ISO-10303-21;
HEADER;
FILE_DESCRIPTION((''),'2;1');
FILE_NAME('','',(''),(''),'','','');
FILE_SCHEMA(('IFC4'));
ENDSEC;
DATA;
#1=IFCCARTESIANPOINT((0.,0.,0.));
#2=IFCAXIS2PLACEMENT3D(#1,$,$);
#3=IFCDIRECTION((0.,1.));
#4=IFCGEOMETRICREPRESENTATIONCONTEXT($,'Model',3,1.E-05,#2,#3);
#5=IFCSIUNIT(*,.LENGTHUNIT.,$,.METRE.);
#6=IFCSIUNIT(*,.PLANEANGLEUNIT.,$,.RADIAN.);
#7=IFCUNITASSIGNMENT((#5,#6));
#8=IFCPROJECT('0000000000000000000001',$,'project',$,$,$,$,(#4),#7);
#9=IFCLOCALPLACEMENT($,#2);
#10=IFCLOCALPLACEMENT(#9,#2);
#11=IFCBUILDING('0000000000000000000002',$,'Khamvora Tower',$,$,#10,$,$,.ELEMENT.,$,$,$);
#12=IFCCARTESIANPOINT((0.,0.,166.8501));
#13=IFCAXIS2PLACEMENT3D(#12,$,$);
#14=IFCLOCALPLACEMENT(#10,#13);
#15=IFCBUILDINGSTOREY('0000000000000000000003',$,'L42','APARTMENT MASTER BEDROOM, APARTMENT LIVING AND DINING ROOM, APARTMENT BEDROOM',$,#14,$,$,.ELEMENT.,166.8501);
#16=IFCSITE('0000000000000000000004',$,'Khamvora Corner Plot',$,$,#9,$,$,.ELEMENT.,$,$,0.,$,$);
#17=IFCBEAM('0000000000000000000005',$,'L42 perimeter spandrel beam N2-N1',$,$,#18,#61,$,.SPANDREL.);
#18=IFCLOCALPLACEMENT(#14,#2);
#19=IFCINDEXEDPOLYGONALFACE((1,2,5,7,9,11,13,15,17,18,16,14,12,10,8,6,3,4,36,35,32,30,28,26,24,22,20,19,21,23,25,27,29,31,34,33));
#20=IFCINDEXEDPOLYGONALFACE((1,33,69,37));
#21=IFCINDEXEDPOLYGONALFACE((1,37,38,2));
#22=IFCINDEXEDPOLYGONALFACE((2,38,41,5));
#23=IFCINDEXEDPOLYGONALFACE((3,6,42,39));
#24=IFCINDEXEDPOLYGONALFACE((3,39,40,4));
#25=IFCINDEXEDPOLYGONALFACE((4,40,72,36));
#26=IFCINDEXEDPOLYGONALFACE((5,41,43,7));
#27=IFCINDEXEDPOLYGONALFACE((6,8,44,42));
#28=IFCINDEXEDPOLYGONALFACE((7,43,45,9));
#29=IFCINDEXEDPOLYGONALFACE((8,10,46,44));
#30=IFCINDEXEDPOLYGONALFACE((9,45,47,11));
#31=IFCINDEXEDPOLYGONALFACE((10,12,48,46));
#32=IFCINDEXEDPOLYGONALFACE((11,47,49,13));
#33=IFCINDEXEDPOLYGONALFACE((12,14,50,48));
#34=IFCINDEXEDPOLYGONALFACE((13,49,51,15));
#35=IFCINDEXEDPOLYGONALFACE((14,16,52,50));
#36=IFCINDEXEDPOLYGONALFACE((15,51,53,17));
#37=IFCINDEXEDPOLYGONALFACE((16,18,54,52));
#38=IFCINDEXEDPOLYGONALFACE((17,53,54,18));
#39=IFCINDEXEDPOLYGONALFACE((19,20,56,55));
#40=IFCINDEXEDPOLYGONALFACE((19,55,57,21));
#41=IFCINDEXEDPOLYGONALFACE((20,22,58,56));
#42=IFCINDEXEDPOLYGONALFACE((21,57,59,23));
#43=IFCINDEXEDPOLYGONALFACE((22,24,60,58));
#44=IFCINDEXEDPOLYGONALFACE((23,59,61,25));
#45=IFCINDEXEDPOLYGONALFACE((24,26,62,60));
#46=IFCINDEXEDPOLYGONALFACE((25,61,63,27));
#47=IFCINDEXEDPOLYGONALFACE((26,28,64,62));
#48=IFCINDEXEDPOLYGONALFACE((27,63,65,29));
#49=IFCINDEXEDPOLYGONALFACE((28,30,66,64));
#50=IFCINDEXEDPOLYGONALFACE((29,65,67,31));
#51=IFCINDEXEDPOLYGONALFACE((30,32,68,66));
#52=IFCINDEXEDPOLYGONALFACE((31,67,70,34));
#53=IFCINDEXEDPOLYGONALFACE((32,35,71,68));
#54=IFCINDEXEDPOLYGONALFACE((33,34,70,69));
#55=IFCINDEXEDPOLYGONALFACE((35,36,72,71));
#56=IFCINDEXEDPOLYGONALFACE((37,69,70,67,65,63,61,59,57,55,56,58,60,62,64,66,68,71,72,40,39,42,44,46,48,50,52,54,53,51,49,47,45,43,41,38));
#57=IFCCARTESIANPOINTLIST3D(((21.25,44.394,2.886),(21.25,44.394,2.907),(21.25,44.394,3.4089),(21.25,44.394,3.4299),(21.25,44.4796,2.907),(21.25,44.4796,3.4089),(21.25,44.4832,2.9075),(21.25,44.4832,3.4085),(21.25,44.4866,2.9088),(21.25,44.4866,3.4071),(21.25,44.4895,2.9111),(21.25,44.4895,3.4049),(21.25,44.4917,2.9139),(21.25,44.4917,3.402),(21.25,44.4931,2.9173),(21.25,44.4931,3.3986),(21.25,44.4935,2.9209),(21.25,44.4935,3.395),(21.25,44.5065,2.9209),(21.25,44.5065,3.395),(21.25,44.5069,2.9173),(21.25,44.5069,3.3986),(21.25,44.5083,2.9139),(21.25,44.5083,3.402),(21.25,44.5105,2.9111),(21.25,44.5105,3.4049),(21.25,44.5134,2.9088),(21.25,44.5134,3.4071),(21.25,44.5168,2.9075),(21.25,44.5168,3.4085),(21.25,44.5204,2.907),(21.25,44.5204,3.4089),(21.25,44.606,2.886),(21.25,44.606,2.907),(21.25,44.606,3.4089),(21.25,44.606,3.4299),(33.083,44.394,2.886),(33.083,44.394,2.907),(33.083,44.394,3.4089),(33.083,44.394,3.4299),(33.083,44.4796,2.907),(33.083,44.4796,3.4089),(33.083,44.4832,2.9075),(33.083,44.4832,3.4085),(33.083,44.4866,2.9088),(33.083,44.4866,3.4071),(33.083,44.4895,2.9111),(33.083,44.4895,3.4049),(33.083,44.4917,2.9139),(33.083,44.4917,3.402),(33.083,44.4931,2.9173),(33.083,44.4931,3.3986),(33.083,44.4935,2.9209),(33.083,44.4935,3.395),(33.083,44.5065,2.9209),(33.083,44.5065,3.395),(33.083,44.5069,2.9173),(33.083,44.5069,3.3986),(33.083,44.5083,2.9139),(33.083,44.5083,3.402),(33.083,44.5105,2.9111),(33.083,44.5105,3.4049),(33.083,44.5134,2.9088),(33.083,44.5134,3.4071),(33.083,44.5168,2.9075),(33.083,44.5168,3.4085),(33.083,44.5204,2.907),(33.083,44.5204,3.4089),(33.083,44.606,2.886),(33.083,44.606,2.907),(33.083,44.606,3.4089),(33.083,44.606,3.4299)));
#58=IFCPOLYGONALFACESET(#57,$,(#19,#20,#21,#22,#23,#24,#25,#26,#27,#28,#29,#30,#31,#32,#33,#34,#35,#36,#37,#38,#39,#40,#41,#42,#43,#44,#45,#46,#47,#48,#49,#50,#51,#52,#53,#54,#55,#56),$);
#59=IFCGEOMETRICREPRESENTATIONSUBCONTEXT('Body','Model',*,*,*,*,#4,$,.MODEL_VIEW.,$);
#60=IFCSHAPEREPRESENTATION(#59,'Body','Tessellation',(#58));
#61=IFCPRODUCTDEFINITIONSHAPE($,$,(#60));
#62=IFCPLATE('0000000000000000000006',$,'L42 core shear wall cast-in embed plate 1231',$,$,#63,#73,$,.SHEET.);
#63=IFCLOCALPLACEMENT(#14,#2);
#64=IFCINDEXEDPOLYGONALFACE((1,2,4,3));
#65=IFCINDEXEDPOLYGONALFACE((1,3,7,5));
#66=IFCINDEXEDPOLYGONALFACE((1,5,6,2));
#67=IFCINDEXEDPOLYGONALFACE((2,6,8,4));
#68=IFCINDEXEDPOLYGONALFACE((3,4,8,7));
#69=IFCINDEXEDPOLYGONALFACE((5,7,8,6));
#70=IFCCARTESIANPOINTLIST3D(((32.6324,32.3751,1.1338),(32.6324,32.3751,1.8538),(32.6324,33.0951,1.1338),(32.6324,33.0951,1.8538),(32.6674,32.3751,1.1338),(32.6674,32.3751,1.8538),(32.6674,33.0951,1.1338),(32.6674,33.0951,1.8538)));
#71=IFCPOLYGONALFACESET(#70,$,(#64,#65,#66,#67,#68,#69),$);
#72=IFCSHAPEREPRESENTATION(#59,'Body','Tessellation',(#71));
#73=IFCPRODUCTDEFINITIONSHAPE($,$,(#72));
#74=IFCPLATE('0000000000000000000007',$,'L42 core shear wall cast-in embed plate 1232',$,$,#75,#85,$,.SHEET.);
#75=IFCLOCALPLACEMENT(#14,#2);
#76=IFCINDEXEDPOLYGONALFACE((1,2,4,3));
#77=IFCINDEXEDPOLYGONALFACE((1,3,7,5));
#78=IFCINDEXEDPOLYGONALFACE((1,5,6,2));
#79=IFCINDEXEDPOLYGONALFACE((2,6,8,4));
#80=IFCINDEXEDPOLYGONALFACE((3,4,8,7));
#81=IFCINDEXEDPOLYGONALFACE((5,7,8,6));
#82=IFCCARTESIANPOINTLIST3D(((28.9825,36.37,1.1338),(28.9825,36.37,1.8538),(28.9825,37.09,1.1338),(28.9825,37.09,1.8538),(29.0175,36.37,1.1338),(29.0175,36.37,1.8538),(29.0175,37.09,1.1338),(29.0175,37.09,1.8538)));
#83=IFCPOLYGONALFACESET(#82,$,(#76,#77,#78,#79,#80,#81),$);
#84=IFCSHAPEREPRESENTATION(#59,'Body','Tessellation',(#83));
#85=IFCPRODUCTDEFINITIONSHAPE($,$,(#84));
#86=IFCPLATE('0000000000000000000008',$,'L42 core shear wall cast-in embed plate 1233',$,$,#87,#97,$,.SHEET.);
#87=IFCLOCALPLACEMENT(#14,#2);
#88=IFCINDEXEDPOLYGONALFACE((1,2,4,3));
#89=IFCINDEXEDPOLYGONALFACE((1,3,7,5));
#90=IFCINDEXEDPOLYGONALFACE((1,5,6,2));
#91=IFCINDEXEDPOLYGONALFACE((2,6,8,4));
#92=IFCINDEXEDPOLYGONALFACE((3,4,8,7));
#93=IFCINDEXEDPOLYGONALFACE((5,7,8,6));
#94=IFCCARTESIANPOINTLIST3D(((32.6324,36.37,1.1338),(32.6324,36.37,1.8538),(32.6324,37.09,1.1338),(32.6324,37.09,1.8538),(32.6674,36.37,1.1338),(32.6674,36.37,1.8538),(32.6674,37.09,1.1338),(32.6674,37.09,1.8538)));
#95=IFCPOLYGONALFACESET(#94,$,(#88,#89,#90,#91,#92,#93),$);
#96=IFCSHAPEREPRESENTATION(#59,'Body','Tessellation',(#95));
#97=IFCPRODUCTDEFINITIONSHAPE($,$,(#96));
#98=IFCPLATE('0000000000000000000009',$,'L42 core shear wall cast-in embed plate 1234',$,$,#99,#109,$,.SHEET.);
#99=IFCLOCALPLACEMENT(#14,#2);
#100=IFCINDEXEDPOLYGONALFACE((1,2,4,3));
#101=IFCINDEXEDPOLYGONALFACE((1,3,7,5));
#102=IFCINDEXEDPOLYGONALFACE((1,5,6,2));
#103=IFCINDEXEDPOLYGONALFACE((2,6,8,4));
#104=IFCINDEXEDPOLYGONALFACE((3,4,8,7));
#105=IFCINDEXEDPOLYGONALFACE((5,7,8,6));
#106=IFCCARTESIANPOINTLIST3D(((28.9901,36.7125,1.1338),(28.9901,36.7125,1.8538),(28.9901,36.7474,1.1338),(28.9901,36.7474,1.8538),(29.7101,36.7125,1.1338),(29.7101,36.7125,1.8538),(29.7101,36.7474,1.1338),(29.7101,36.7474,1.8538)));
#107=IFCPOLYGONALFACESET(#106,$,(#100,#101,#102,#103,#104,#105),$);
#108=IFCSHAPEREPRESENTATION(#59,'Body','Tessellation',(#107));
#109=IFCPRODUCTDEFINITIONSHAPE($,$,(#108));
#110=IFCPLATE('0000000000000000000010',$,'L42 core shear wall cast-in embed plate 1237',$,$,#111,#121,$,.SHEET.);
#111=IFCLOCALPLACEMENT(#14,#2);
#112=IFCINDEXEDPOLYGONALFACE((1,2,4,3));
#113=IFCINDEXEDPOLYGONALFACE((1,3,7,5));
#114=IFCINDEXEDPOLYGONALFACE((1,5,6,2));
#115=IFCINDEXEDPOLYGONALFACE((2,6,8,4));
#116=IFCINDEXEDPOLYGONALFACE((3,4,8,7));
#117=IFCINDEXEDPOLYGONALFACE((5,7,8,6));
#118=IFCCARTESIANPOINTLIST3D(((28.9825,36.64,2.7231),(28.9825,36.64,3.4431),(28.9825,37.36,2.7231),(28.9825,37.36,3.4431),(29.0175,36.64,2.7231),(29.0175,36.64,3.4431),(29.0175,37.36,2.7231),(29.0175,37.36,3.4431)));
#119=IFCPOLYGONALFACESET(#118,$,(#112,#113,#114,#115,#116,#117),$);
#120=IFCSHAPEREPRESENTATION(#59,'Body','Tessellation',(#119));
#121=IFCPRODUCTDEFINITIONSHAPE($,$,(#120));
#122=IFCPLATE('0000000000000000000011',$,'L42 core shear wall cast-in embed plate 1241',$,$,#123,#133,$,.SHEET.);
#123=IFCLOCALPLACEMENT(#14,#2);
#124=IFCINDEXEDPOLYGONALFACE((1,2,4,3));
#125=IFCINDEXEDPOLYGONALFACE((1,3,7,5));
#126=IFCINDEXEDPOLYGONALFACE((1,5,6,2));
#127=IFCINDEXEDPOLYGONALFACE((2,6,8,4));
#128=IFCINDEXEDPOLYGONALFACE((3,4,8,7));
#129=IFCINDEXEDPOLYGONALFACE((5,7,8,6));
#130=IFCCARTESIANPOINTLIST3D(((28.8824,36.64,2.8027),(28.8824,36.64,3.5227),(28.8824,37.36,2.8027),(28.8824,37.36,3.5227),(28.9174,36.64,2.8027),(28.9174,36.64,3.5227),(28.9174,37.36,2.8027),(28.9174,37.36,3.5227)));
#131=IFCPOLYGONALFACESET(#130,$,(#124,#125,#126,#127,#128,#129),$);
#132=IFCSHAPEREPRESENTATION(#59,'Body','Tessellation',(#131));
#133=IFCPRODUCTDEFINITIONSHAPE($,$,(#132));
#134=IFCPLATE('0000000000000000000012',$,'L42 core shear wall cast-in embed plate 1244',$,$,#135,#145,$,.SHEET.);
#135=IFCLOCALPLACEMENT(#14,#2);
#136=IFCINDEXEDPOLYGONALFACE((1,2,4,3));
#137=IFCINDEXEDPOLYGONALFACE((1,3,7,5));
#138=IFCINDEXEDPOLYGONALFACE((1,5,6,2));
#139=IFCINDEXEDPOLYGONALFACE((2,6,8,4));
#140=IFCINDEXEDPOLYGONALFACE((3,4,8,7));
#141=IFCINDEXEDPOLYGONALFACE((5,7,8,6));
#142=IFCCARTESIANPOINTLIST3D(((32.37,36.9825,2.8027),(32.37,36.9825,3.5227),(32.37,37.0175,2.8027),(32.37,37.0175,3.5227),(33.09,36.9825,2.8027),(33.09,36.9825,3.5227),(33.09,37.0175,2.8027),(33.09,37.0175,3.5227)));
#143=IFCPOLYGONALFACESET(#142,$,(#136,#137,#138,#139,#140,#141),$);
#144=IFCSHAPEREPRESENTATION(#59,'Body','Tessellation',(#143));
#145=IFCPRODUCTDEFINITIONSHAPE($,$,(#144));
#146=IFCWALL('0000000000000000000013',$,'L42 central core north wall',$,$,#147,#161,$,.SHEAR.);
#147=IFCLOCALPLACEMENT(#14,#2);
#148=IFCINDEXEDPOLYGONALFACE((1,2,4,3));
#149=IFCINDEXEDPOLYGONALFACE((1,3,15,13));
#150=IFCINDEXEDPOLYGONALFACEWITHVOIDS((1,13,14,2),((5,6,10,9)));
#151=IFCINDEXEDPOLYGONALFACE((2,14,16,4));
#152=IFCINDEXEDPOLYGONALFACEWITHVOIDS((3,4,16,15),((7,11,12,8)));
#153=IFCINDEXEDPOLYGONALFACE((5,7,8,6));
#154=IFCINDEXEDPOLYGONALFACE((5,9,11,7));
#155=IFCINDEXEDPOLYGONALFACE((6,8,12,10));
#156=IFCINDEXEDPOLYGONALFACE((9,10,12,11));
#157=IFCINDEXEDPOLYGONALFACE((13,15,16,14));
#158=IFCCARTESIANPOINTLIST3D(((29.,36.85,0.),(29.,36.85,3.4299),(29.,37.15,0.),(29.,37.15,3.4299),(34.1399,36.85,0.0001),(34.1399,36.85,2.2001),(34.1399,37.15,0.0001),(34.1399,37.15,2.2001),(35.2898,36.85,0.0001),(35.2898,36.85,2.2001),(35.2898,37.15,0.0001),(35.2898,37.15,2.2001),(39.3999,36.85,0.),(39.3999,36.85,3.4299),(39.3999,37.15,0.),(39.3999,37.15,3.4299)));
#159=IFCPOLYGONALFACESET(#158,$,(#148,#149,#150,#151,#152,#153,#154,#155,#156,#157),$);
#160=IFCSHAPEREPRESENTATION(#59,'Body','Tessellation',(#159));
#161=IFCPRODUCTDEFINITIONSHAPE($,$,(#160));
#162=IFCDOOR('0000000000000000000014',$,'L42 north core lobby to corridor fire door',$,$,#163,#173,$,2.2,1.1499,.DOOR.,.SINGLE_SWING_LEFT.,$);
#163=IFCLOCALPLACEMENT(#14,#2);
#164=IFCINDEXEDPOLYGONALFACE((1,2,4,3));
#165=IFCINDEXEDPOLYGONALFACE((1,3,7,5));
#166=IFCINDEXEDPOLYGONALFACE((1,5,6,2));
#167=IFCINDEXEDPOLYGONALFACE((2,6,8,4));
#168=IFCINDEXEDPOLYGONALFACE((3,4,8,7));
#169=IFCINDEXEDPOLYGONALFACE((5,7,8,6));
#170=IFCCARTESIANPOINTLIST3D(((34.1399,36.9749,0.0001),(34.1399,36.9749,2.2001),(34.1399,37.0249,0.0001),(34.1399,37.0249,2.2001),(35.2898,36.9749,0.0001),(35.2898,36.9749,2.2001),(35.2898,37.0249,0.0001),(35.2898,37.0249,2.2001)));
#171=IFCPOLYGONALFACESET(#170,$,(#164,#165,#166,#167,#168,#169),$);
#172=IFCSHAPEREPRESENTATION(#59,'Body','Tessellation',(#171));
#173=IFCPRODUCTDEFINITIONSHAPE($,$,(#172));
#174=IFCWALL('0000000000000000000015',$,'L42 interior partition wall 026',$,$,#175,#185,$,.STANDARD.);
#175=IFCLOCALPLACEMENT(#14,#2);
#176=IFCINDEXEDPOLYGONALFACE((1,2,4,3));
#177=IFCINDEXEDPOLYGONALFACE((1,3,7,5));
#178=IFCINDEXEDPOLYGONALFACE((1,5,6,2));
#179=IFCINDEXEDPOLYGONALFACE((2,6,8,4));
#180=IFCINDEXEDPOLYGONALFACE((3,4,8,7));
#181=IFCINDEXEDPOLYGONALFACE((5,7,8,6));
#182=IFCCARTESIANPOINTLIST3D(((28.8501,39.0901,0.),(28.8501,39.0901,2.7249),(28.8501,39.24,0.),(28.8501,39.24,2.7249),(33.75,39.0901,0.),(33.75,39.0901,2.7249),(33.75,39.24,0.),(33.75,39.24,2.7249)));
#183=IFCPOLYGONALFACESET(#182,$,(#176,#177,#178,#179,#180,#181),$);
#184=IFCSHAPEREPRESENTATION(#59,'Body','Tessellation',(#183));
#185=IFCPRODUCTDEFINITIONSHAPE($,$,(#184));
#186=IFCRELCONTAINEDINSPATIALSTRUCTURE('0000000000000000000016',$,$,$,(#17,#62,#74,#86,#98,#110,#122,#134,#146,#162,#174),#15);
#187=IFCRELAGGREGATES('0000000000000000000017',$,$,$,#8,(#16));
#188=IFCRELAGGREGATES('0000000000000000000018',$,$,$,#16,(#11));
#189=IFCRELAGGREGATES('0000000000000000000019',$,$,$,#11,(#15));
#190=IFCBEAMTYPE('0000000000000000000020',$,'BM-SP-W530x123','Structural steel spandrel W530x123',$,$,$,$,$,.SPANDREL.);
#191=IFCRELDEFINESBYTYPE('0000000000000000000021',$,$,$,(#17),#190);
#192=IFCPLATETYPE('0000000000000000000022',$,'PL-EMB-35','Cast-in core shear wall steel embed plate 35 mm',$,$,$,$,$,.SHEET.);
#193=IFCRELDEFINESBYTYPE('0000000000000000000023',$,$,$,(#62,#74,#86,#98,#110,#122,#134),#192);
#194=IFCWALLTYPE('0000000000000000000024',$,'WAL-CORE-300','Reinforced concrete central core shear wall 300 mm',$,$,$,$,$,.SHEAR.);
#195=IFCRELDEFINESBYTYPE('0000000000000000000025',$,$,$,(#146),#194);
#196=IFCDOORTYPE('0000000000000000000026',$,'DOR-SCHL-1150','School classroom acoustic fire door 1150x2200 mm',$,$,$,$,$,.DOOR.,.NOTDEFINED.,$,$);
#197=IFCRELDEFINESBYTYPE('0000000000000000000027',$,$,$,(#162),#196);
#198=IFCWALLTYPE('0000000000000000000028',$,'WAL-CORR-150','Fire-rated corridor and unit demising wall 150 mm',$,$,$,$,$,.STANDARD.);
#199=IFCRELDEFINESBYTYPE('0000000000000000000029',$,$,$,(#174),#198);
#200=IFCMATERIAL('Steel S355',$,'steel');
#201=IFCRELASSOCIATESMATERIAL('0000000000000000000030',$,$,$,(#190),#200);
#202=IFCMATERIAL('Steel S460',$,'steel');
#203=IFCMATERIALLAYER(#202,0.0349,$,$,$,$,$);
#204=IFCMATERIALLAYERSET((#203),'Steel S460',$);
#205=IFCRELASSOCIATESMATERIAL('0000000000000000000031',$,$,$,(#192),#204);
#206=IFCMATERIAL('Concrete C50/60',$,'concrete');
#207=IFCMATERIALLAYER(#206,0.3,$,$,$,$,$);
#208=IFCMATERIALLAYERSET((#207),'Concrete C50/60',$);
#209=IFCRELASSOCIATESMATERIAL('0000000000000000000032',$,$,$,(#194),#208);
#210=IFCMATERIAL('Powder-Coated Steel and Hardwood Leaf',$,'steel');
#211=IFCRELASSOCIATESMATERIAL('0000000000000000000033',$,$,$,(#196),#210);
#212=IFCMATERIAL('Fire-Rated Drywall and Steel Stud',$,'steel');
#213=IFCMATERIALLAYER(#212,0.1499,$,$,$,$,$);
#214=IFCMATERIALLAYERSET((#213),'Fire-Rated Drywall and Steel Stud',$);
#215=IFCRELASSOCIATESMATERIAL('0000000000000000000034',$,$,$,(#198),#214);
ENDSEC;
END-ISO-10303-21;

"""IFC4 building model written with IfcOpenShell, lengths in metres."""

from ifc_helpers import new_model, si_unit, direction, frame, frame_2d, origin, origin_2d, place, context, subcontext, project, spatial, rectangle, i_section, extrude, material, layer, layer_set, material_profile, profile_set, type_object, element, fill, save


model = new_model("IFC4")

# Units and contexts
model_context = context("Model", 3, precision=1e-05, world=origin(), true_north=direction((0.0, 1.0)))
body_context = subcontext(model_context, "Body", "Model", "MODEL_VIEW")
ifc_project = project(units=[si_unit("LENGTHUNIT", "METRE"), si_unit("PLANEANGLEUNIT", "RADIAN")], contexts=[model_context])

# Site, building, storey
site_placement = place(None, origin())
site = spatial("IfcSite", under=ifc_project, at=site_placement, Name="Khamvora Corner Plot", CompositionType="ELEMENT", RefElevation=0.0)
building_placement = place(site_placement, origin())
building = spatial("IfcBuilding", under=site, at=building_placement, Name="Khamvora Tower", CompositionType="ELEMENT")
storey_placement = place(building_placement, frame((0.0, 0.0, 166.8501)))
storey = spatial("IfcBuildingStorey", under=building, at=storey_placement, Name="L42", Description="APARTMENT MASTER BEDROOM, APARTMENT LIVING AND DINING ROOM, APARTMENT BEDROOM", CompositionType="ELEMENT", Elevation=166.8501)

# Shared definitions
ifc_material_1 = material(Name="Steel S460", Category="steel")
ifc_material_2 = material(Name="Steel S355", Category="steel")

# Beam
ifc_material_profile_1 = material_profile(ifc_material_2, i_section(OverallWidth=0.2119, OverallDepth=0.5439, WebThickness=0.0129, FlangeThickness=0.021, FilletRadius=0.0139, at=origin_2d()), Name="W530x123")
ifc_profile_set_1 = profile_set([ifc_material_profile_1], Name="Steel S355")
beam_type_1 = type_object("IfcBeamType", Name="BM-SP-W530x123", Description="Structural steel spandrel W530x123", PredefinedType="SPANDREL", material=ifc_profile_set_1)
beam_1_placement = place(storey_placement, frame((33.083, 44.5, 3.158), z_axis=(-1.0, 0.0, 0.0), x_axis=(0.0, -1.0, 0.0)))
element("IfcBeam", 1, at=beam_1_placement, inside=storey, type_object=beam_type_1, Name="L42 perimeter spandrel beam N2-N1", PredefinedType="SPANDREL", context=body_context, shape_type="SweptSolid", body=[
    extrude(i_section(OverallWidth=0.2119, OverallDepth=0.5439, WebThickness=0.0129, FlangeThickness=0.021, FilletRadius=0.0139, at=origin_2d()), origin(), (0.0, 0.0, 1.0), 11.833),
])

# Plates
ifc_layer_1 = layer(ifc_material_1, 0.0349)
ifc_layer_set_1 = layer_set([ifc_layer_1], Name="Steel S460")
plate_type = type_object("IfcPlateType", Name="PL-EMB-35", Description="Cast-in core shear wall steel embed plate 35 mm", PredefinedType="SHEET", material=ifc_layer_set_1)
for number, where, z_axis, x_axis, name in (
    (2, (32.6499, 32.7351, 1.1338), (0.0, 0.0, 1.0), (1.0, 0.0, 0.0), "L42 core shear wall cast-in embed plate 1231"),
    (3, (29.0, 36.73, 1.1338), (0.0, 0.0, 1.0), (1.0, 0.0, 0.0), "L42 core shear wall cast-in embed plate 1232"),
    (4, (32.6499, 36.73, 1.1338), (0.0, 0.0, 1.0), (1.0, 0.0, 0.0), "L42 core shear wall cast-in embed plate 1233"),
):
    element("IfcPlate", number, at=place(storey_placement, frame(where, z_axis=z_axis, x_axis=x_axis)), inside=storey, type_object=plate_type, Name=name, PredefinedType="SHEET", context=body_context, shape_type="SweptSolid", body=[
        extrude(rectangle(XDim=0.0349, YDim=0.72, at=origin_2d()), origin(), (0.0, 0.0, 1.0), 0.72),
    ])
plate_1_placement = place(storey_placement, frame((29.3501, 36.73, 1.1338), z_axis=(0.0, 0.0, 1.0), x_axis=(1.0, 0.0, 0.0)))
element("IfcPlate", 5, at=plate_1_placement, inside=storey, type_object=plate_type, Name="L42 core shear wall cast-in embed plate 1234", PredefinedType="SHEET", context=body_context, shape_type="SweptSolid", body=[
    extrude(rectangle(XDim=0.72, YDim=0.0349, at=origin_2d()), origin(), (0.0, 0.0, 1.0), 0.72),
])
for number, where, z_axis, x_axis, name in (
    (6, (29.0, 37.0, 2.7231), (0.0, 0.0, 1.0), (1.0, 0.0, 0.0), "L42 core shear wall cast-in embed plate 1237"),
    (7, (28.8999, 37.0, 2.8027), (0.0, 0.0, 1.0), (1.0, 0.0, 0.0), "L42 core shear wall cast-in embed plate 1241"),
):
    element("IfcPlate", number, at=place(storey_placement, frame(where, z_axis=z_axis, x_axis=x_axis)), inside=storey, type_object=plate_type, Name=name, PredefinedType="SHEET", context=body_context, shape_type="SweptSolid", body=[
        extrude(rectangle(XDim=0.0349, YDim=0.72, at=origin_2d()), origin(), (0.0, 0.0, 1.0), 0.72),
    ])
plate_2_placement = place(storey_placement, frame((32.73, 37.0, 2.8027), z_axis=(0.0, 0.0, 1.0), x_axis=(1.0, 0.0, 0.0)))
element("IfcPlate", 8, at=plate_2_placement, inside=storey, type_object=plate_type, Name="L42 core shear wall cast-in embed plate 1244", PredefinedType="SHEET", context=body_context, shape_type="SweptSolid", body=[
    extrude(rectangle(XDim=0.72, YDim=0.0349, at=origin_2d()), origin(), (0.0, 0.0, 1.0), 0.72),
])

# Wall, opening, door
ifc_material_3 = material(Name="Concrete C50/60", Category="concrete")
ifc_layer_2 = layer(ifc_material_3, 0.3)
ifc_layer_set_2 = layer_set([ifc_layer_2], Name="Concrete C50/60")
wall_type_1 = type_object("IfcWallType", Name="WAL-CORE-300", Description="Reinforced concrete central core shear wall 300 mm", PredefinedType="SHEAR", material=ifc_layer_set_2)
wall_1_placement = place(storey_placement, frame((29.0, 37.0, 0.0), z_axis=(0.0, 0.0, 1.0), x_axis=(1.0, 0.0, 0.0)))
wall_1 = element("IfcWall", 9, at=wall_1_placement, inside=storey, type_object=wall_type_1, Name="L42 central core north wall", PredefinedType="SHEAR", context=body_context, shape_type="SweptSolid", body=[
    extrude(rectangle(XDim=10.3999, YDim=0.3, at=frame_2d((5.2, 0.0))), origin(), (0.0, 0.0, 1.0), 3.4299),
])
opening_1_placement = place(wall_1_placement, frame((5.1399, 0.0, 0.0)))
opening_1 = element("IfcOpeningElement", 10, at=opening_1_placement, cuts=wall_1, PredefinedType="OPENING", context=body_context, shape_type="SweptSolid", body=[
    extrude(rectangle(XDim=1.1499, YDim=2.2, at=frame_2d((0.575, 1.1001))), frame((0.0, 0.1599, 0.0), z_axis=(0.0, -1.0, 0.0), x_axis=(1.0, 0.0, 0.0)), (0.0, 0.0, 1.0), 0.3201),
])
ifc_material_4 = material(Name="Powder-Coated Steel and Hardwood Leaf", Category="steel")
door_type_1 = type_object("IfcDoorType", Name="DOR-SCHL-1150", Description="School classroom acoustic fire door 1150x2200 mm", OperationType="NOTDEFINED", PredefinedType="DOOR", material=ifc_material_4)
door_1_placement = place(opening_1_placement, origin())
door_1 = element("IfcDoor", 11, at=door_1_placement, inside=storey, type_object=door_type_1, Name="L42 north core lobby to corridor fire door", OperationType="SINGLE_SWING_LEFT", OverallHeight=2.2, OverallWidth=1.1499, PredefinedType="DOOR", context=body_context, shape_type="SweptSolid", body=[
    extrude(rectangle(XDim=1.1499, YDim=2.2, at=frame_2d((0.575, 1.1001))), frame((0.0, 0.0249, 0.0), z_axis=(0.0, -1.0, 0.0), x_axis=(1.0, 0.0, 0.0)), (0.0, 0.0, 1.0), 0.05),
])
fill(opening_1, door_1)
ifc_material_5 = material(Name="Fire-Rated Drywall and Steel Stud", Category="steel")
ifc_layer_3 = layer(ifc_material_5, 0.1499)
ifc_layer_set_3 = layer_set([ifc_layer_3], Name="Fire-Rated Drywall and Steel Stud")
wall_type_2 = type_object("IfcWallType", Name="WAL-CORR-150", Description="Fire-rated corridor and unit demising wall 150 mm", PredefinedType="STANDARD", material=ifc_layer_set_3)

# Wall
wall_2_placement = place(storey_placement, frame((28.8501, 39.165, 0.0), z_axis=(0.0, 0.0, 1.0), x_axis=(1.0, 0.0, 0.0)))
element("IfcWall", 12, at=wall_2_placement, inside=storey, type_object=wall_type_2, Name="L42 interior partition wall 026", PredefinedType="STANDARD", context=body_context, shape_type="SweptSolid", body=[
    extrude(rectangle(XDim=4.8999, YDim=0.1499, at=frame_2d((2.45, 0.0))), origin(), (0.0, 0.0, 1.0), 2.7249),
])

save(model, "model.ifc")
